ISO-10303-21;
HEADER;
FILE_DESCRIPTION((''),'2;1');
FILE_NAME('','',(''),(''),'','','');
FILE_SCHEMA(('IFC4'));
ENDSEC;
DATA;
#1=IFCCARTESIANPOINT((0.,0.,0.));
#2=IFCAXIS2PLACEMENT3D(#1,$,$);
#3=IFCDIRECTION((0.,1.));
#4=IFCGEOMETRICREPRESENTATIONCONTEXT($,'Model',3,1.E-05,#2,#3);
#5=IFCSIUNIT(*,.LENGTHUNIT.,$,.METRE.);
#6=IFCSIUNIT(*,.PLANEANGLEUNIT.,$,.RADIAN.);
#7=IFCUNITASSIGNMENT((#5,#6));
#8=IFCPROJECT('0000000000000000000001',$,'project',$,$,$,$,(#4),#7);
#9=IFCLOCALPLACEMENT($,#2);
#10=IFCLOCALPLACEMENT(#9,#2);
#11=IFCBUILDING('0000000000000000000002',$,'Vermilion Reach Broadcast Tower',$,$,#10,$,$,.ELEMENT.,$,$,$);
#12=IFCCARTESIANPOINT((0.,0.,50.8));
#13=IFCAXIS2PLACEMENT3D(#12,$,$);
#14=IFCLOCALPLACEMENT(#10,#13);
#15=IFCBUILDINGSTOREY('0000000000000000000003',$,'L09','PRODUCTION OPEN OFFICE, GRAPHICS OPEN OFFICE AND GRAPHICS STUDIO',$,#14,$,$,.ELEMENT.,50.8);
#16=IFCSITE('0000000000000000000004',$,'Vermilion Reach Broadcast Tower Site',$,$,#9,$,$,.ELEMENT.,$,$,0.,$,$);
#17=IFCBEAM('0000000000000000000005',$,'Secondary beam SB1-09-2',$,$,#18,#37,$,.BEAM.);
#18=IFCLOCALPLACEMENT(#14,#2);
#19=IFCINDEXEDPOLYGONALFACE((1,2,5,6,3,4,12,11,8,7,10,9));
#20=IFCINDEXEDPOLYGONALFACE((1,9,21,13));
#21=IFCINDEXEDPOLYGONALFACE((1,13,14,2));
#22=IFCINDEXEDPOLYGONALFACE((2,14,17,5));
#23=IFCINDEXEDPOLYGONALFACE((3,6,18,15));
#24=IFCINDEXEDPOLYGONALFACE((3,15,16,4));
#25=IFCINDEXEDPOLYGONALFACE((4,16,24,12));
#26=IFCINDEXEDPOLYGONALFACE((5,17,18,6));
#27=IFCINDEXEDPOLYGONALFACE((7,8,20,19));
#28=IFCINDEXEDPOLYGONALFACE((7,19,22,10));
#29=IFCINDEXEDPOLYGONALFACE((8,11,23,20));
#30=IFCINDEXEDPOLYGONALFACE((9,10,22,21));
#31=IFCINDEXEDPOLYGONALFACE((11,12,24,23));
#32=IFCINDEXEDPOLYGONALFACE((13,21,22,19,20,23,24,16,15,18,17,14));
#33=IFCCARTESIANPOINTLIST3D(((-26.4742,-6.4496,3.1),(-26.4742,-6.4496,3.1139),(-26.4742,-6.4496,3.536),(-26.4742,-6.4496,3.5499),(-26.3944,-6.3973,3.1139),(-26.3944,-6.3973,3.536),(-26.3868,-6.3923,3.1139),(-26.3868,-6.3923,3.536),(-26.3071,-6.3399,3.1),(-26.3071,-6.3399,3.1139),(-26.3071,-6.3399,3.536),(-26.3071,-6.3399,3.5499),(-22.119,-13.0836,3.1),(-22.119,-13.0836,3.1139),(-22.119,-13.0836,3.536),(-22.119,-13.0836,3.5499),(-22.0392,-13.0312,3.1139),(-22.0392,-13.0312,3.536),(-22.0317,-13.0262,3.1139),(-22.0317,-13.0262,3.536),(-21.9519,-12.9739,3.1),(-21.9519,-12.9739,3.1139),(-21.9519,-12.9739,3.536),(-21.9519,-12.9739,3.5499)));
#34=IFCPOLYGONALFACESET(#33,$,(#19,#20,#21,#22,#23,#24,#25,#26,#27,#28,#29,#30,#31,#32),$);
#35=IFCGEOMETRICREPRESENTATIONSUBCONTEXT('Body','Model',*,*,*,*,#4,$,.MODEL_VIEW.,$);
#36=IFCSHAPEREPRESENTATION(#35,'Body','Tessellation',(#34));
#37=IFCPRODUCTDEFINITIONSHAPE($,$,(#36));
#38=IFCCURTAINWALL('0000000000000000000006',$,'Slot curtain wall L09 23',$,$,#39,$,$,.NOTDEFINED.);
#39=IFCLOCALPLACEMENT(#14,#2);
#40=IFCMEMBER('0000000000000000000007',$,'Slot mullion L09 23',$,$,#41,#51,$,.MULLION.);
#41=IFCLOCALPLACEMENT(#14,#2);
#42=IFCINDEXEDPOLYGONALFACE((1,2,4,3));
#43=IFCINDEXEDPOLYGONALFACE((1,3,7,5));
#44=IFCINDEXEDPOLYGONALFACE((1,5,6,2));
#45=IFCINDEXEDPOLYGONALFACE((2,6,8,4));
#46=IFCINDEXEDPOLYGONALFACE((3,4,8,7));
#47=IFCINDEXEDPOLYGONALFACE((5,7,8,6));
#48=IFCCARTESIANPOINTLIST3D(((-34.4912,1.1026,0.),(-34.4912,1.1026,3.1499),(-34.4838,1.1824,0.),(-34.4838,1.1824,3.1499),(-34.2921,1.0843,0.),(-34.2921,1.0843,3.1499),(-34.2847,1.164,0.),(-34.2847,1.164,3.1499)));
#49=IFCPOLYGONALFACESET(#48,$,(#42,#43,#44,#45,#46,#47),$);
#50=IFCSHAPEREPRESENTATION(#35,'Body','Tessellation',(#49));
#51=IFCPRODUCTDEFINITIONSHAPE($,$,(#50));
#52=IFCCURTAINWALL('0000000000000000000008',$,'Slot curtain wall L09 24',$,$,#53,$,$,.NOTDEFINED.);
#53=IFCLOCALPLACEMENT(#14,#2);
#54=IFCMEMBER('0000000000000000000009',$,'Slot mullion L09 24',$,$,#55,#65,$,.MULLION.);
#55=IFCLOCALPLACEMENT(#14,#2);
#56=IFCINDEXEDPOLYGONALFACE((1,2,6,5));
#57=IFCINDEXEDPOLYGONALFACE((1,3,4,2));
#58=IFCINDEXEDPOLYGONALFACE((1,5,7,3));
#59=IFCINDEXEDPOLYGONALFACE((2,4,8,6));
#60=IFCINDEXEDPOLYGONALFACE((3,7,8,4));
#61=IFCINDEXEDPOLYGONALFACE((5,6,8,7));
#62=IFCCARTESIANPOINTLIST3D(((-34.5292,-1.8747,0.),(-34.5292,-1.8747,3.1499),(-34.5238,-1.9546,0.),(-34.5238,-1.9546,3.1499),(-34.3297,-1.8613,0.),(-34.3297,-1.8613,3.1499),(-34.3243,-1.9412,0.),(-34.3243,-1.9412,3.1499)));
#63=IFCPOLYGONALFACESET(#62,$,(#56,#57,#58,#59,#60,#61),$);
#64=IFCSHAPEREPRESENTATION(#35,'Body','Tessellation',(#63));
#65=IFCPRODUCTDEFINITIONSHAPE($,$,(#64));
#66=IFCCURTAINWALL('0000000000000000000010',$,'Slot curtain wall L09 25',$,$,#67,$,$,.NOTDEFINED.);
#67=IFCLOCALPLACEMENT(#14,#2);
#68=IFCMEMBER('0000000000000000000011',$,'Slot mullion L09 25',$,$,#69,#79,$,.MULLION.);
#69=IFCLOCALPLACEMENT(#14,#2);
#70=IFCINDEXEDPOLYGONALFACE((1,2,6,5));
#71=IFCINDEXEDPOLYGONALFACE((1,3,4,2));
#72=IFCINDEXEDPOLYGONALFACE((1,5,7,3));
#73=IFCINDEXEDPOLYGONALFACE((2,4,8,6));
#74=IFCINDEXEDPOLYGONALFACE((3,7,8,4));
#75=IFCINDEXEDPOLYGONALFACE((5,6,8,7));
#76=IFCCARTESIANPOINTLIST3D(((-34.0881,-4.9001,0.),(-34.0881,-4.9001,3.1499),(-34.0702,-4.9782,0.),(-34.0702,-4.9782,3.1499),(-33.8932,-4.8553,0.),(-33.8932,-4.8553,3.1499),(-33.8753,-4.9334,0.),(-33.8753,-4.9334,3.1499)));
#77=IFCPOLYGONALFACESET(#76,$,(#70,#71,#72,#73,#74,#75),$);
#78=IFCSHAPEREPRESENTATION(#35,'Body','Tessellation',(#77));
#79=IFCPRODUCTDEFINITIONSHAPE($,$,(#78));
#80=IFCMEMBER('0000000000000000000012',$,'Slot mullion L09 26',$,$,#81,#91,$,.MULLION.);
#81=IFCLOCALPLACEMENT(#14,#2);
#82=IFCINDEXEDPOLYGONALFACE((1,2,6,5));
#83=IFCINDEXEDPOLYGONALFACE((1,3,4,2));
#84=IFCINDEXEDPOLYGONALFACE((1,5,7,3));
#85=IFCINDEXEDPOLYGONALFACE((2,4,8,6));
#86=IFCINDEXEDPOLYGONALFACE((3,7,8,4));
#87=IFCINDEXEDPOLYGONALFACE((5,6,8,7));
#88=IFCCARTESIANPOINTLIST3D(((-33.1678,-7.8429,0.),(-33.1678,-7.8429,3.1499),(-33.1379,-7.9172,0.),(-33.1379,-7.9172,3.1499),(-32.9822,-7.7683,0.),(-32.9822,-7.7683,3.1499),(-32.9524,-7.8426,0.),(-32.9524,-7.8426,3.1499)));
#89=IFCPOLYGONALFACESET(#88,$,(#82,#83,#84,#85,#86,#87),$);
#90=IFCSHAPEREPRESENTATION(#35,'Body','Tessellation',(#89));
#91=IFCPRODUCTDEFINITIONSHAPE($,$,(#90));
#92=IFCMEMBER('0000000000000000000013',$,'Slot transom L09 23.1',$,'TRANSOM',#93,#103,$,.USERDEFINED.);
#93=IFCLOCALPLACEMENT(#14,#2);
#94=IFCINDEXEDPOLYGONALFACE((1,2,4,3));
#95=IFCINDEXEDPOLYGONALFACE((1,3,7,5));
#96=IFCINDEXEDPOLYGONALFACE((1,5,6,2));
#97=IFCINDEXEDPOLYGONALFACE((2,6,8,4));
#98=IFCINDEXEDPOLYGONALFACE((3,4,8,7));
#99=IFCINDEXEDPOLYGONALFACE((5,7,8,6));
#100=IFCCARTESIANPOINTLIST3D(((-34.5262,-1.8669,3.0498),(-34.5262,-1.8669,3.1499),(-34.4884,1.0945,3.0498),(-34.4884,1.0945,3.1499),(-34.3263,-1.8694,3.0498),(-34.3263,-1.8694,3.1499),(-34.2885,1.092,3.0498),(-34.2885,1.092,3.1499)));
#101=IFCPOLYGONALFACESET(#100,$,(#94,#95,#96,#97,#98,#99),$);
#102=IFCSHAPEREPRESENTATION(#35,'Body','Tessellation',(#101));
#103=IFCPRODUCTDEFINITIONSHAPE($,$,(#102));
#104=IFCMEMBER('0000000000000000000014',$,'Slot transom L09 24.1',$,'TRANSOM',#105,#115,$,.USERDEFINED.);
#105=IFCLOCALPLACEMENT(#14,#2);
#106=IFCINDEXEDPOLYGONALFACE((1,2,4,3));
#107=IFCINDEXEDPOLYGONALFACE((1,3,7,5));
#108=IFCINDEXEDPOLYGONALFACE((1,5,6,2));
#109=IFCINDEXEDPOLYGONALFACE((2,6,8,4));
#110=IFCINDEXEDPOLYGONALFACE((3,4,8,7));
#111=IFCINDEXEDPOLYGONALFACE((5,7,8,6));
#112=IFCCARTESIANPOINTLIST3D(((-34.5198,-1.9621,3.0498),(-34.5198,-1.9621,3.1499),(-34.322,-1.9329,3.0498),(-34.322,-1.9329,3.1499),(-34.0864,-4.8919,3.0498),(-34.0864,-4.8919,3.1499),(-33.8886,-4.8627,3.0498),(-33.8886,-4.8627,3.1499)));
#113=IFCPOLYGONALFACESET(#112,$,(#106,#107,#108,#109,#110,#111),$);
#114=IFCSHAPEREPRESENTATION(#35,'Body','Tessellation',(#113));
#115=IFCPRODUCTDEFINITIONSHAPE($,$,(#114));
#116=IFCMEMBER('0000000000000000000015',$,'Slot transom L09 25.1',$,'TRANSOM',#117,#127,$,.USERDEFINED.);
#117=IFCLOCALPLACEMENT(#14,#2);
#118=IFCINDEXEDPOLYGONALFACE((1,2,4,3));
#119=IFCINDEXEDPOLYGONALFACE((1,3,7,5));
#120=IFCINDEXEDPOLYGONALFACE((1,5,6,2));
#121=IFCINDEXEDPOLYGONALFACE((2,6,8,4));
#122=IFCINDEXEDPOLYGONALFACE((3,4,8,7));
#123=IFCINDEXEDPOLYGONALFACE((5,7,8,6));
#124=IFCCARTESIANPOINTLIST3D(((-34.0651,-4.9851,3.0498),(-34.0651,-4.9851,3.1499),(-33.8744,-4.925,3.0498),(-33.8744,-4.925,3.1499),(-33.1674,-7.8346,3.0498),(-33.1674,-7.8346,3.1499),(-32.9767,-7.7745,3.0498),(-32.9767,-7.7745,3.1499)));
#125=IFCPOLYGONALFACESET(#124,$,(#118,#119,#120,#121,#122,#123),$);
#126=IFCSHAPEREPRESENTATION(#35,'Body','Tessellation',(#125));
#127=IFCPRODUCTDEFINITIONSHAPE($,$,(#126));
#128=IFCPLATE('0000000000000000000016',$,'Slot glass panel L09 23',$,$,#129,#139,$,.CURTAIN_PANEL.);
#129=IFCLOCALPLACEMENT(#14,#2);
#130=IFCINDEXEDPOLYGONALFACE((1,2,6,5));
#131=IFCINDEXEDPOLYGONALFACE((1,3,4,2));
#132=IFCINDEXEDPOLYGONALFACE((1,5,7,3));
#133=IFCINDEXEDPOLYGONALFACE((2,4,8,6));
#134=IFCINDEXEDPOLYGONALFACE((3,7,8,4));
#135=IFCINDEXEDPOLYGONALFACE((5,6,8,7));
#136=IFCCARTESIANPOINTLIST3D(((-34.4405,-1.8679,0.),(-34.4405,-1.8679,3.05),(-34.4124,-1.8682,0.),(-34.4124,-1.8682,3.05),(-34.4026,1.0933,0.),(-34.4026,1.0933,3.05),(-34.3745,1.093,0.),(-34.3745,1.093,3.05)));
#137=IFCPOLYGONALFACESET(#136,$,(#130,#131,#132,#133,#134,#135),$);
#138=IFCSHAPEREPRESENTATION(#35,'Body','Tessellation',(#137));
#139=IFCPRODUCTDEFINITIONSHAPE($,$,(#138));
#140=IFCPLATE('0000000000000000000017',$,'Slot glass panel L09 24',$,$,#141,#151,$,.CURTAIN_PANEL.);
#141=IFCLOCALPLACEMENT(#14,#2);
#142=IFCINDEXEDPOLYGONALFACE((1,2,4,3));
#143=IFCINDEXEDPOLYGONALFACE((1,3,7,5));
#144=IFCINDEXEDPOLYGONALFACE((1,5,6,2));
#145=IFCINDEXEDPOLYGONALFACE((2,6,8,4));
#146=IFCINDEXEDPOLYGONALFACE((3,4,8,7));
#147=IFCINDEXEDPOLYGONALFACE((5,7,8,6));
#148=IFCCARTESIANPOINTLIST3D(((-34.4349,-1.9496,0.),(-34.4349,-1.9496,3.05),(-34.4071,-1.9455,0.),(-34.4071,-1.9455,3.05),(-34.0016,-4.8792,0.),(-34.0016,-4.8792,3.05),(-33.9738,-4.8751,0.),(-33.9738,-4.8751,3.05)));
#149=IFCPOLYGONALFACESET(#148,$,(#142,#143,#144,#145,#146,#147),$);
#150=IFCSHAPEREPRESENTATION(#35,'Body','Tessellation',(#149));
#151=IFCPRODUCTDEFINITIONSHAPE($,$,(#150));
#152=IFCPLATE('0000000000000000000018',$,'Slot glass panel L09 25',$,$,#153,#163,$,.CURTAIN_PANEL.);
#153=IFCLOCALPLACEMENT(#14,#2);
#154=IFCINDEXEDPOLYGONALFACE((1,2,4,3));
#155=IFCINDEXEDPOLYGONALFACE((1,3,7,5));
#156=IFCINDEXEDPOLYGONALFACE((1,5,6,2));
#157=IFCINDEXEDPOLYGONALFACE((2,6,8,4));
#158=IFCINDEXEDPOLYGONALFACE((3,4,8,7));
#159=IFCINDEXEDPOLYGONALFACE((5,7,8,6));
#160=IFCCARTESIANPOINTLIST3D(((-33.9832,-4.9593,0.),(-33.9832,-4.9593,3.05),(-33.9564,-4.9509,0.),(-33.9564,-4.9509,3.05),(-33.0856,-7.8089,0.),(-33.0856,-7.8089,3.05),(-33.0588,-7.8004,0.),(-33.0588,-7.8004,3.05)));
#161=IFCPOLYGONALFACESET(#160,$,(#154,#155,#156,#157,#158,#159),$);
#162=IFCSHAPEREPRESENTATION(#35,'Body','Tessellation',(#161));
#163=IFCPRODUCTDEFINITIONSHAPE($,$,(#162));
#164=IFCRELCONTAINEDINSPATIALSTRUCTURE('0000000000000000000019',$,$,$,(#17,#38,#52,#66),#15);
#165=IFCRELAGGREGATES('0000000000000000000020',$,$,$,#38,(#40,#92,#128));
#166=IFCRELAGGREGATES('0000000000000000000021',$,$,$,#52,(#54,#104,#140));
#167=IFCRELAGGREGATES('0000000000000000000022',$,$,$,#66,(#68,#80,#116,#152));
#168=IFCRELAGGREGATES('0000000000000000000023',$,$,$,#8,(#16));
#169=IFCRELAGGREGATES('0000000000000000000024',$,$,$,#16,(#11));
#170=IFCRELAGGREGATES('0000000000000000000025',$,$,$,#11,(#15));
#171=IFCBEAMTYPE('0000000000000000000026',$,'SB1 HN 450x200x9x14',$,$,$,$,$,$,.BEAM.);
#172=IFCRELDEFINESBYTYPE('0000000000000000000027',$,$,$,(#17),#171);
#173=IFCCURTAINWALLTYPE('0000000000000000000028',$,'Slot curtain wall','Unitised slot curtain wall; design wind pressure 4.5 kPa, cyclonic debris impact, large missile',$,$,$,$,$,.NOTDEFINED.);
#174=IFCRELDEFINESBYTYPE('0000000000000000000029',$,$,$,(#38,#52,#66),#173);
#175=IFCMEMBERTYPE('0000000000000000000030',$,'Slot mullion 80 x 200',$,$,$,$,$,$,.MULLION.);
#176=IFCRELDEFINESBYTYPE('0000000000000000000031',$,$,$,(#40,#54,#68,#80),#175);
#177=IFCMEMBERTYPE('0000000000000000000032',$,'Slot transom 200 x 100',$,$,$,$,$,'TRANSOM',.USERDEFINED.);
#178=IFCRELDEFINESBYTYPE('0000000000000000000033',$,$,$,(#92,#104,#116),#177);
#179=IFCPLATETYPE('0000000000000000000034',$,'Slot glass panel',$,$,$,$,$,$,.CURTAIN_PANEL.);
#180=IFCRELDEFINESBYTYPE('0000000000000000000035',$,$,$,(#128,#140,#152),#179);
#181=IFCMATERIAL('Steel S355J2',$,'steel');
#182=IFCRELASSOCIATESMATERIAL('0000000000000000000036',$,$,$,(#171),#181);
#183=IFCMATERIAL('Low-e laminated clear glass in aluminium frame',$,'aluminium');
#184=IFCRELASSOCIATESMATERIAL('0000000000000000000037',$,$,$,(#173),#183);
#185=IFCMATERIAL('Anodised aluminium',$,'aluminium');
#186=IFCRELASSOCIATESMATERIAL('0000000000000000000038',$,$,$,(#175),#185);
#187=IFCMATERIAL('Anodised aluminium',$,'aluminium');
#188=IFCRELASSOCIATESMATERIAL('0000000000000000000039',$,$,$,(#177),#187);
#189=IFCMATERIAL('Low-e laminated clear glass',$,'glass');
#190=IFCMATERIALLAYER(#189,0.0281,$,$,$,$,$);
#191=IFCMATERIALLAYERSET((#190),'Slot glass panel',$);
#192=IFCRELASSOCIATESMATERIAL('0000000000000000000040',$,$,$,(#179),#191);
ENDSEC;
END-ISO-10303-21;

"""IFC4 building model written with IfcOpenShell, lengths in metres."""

from ifc_helpers import new_model, si_unit, direction, frame, origin, origin_2d, place, context, subcontext, project, spatial, rectangle, i_section, extrude, material, layer, layer_set, material_profile, profile_set, type_object, element, aggregate, save


model = new_model("IFC4")

# Units and contexts
model_context = context("Model", 3, precision=1e-05, world=origin(), true_north=direction((0.0, 1.0)))
body_context = subcontext(model_context, "Body", "Model", "MODEL_VIEW")
ifc_project = project(units=[si_unit("LENGTHUNIT", "METRE"), si_unit("PLANEANGLEUNIT", "RADIAN")], contexts=[model_context])

# Site, building, storey
site_placement = place(None, origin())
site = spatial("IfcSite", under=ifc_project, at=site_placement, Name="Vermilion Reach Broadcast Tower Site", CompositionType="ELEMENT", RefElevation=0.0)
building_placement = place(site_placement, origin())
building = spatial("IfcBuilding", under=site, at=building_placement, Name="Vermilion Reach Broadcast Tower", CompositionType="ELEMENT")
storey_placement = place(building_placement, frame((0.0, 0.0, 50.8)))
storey = spatial("IfcBuildingStorey", under=building, at=storey_placement, Name="L09", Description="PRODUCTION OPEN OFFICE, GRAPHICS OPEN OFFICE AND GRAPHICS STUDIO", CompositionType="ELEMENT", Elevation=50.8)

# Beam
ifc_material_1 = material(Name="Steel S355J2", Category="steel")
ifc_material_profile_1 = material_profile(ifc_material_1, i_section(OverallWidth=0.2, OverallDepth=0.45, WebThickness=0.009, FlangeThickness=0.0139, at=origin_2d()), Name="S355J2 HN 450x200x9x14")
ifc_profile_set_1 = profile_set([ifc_material_profile_1], Name="Steel S355J2")
beam_type_1 = type_object("IfcBeamType", Name="SB1 HN 450x200x9x14", PredefinedType="BEAM", material=ifc_profile_set_1)
beam_1_placement = place(storey_placement, frame((-26.3906, -6.3948, 3.325), z_axis=(0.548801, -0.835953, 0.0), x_axis=(0.835953, 0.548801, 0.0)))
element("IfcBeam", 1, at=beam_1_placement, inside=storey, type_object=beam_type_1, Name="Secondary beam SB1-09-2", PredefinedType="BEAM", context=body_context, shape_type="SweptSolid", body=[
    extrude(i_section(OverallWidth=0.2, OverallDepth=0.45, WebThickness=0.009, FlangeThickness=0.0139, at=origin_2d()), origin(), (0.0, 0.0, 1.0), 7.9358),
])

# Curtain walls, members
ifc_material_2 = material(Name="Low-e laminated clear glass in aluminium frame", Category="aluminium")
curtain_wall_type = type_object("IfcCurtainWallType", Name="Slot curtain wall", Description="Unitised slot curtain wall; design wind pressure 4.5 kPa, cyclonic debris impact, large missile", PredefinedType="NOTDEFINED", material=ifc_material_2)
placement = place(storey_placement, origin())
curtain_wall_1 = element("IfcCurtainWall", 2, at=placement, inside=storey, type_object=curtain_wall_type, Name="Slot curtain wall L09 23", PredefinedType="NOTDEFINED")
ifc_material_3 = material(Name="Anodised aluminium", Category="aluminium")
ifc_material_profile_2 = material_profile(ifc_material_3, rectangle(XDim=0.2, YDim=0.0801, at=origin_2d()), Name="Slot mullion 80 x 200")
ifc_profile_set_2 = profile_set([ifc_material_profile_2], Name="Anodised aluminium")
member_type_1 = type_object("IfcMemberType", Name="Slot mullion 80 x 200", PredefinedType="MULLION", material=ifc_profile_set_2)
member_1_placement = place(storey_placement, frame((-34.3879, 1.1333, 0.0), z_axis=(0.0, 0.0, 1.0), x_axis=(0.995775, -0.09183, 0.0)))
member_1 = element("IfcMember", 3, at=member_1_placement, type_object=member_type_1, Name="Slot mullion L09 23", PredefinedType="MULLION", context=body_context, shape_type="SweptSolid", body=[
    extrude(rectangle(XDim=0.2, YDim=0.0801, at=origin_2d()), origin(), (0.0, 0.0, 1.0), 3.1499),
])
curtain_wall_2 = element("IfcCurtainWall", 4, at=placement, inside=storey, type_object=curtain_wall_type, Name="Slot curtain wall L09 24", PredefinedType="NOTDEFINED")
member_2_placement = place(storey_placement, frame((-34.4268, -1.908, 0.0), z_axis=(0.0, 0.0, 1.0), x_axis=(0.997755, 0.06697, 0.0)))
member_2 = element("IfcMember", 5, at=member_2_placement, type_object=member_type_1, Name="Slot mullion L09 24", PredefinedType="MULLION", context=body_context, shape_type="SweptSolid", body=[
    extrude(rectangle(XDim=0.2, YDim=0.0801, at=origin_2d()), origin(), (0.0, 0.0, 1.0), 3.1499),
])

# Curtain wall, members
curtain_wall_3 = element("IfcCurtainWall", 6, at=placement, inside=storey, type_object=curtain_wall_type, Name="Slot curtain wall L09 25", PredefinedType="NOTDEFINED")
member_3_placement = place(storey_placement, frame((-33.9817, -4.9167, 0.0), z_axis=(0.0, 0.0, 1.0), x_axis=(0.97457, 0.224082, 0.0)))
member_3 = element("IfcMember", 7, at=member_3_placement, type_object=member_type_1, Name="Slot mullion L09 25", PredefinedType="MULLION", context=body_context, shape_type="SweptSolid", body=[
    extrude(rectangle(XDim=0.2, YDim=0.0801, at=origin_2d()), origin(), (0.0, 0.0, 1.0), 3.1499),
])
member_4_placement = place(storey_placement, frame((-33.0601, -7.8428, 0.0), z_axis=(0.0, 0.0, 1.0), x_axis=(0.927749, 0.373205, 0.0)))
member_4 = element("IfcMember", 8, at=member_4_placement, type_object=member_type_1, Name="Slot mullion L09 26", PredefinedType="MULLION", context=body_context, shape_type="SweptSolid", body=[
    extrude(rectangle(XDim=0.2, YDim=0.0801, at=origin_2d()), origin(), (0.0, 0.0, 1.0), 3.1499),
])

# Members
ifc_material_4 = material(Name="Anodised aluminium", Category="aluminium")
ifc_material_profile_3 = material_profile(ifc_material_4, rectangle(XDim=0.2, YDim=0.1001, at=origin_2d()), Name="Slot transom 200 x 100")
ifc_profile_set_3 = profile_set([ifc_material_profile_3], Name="Anodised aluminium")
member_type_2 = type_object("IfcMemberType", Name="Slot transom 200 x 100", ElementType="TRANSOM", PredefinedType="USERDEFINED", material=ifc_profile_set_3)
member_5_placement = place(storey_placement, frame((-34.3884, 1.0933, 3.0999), z_axis=(-0.012777, -0.999918, 0.0), x_axis=(0.999918, -0.012777, 0.0)))
member_5 = element("IfcMember", 9, at=member_5_placement, type_object=member_type_2, Name="Slot transom L09 23.1", ObjectType="TRANSOM", PredefinedType="USERDEFINED", context=body_context, shape_type="SweptSolid", body=[
    extrude(rectangle(XDim=0.2, YDim=0.1001, at=origin_2d()), origin(), (0.0, 0.0, 1.0), 2.9617),
])
member_6_placement = place(storey_placement, frame((-34.4209, -1.9475, 3.0999), z_axis=(0.146325, -0.989237, 0.0), x_axis=(0.989237, 0.146325, 0.0)))
member_6 = element("IfcMember", 10, at=member_6_placement, type_object=member_type_2, Name="Slot transom L09 24.1", ObjectType="TRANSOM", PredefinedType="USERDEFINED", context=body_context, shape_type="SweptSolid", body=[
    extrude(rectangle(XDim=0.2, YDim=0.1001, at=origin_2d()), origin(), (0.0, 0.0, 1.0), 2.9617),
])
member_7_placement = place(storey_placement, frame((-33.9697, -4.9551, 3.0999), z_axis=(0.30047, -0.953791, 0.0), x_axis=(0.953791, 0.30047, 0.0)))
member_7 = element("IfcMember", 11, at=member_7_placement, type_object=member_type_2, Name="Slot transom L09 25.1", ObjectType="TRANSOM", PredefinedType="USERDEFINED", context=body_context, shape_type="SweptSolid", body=[
    extrude(rectangle(XDim=0.2, YDim=0.1001, at=origin_2d()), origin(), (0.0, 0.0, 1.0), 2.9875),
])

# Plates
ifc_material_5 = material(Name="Low-e laminated clear glass", Category="glass")
ifc_layer_1 = layer(ifc_material_5, 0.0281)
ifc_layer_set_1 = layer_set([ifc_layer_1], Name="Slot glass panel")
plate_type = type_object("IfcPlateType", Name="Slot glass panel", PredefinedType="CURTAIN_PANEL", material=ifc_layer_set_1)
plate_1_placement = place(storey_placement, frame((-34.4075, -0.3875, 0.0), z_axis=(0.0, 0.0, 1.0), x_axis=(-0.012797, -0.999918, 0.0)))
plate_1 = element("IfcPlate", 12, at=plate_1_placement, type_object=plate_type, Name="Slot glass panel L09 23", PredefinedType="CURTAIN_PANEL", context=body_context, shape_type="SweptSolid", body=[
    extrude(rectangle(XDim=2.9614, YDim=0.0281, at=origin_2d()), origin(), (0.0, 0.0, 1.0), 3.05),
])
aggregate(curtain_wall_1, [member_1, member_5, plate_1])
plate_2_placement = place(storey_placement, frame((-34.2043, -3.4124, 0.0), z_axis=(0.0, 0.0, 1.0), x_axis=(0.146311, -0.989239, 0.0)))
plate_2 = element("IfcPlate", 13, at=plate_2_placement, type_object=plate_type, Name="Slot glass panel L09 24", PredefinedType="CURTAIN_PANEL", context=body_context, shape_type="SweptSolid", body=[
    extrude(rectangle(XDim=2.9614, YDim=0.0281, at=origin_2d()), origin(), (0.0, 0.0, 1.0), 3.05),
])
aggregate(curtain_wall_2, [member_2, member_6, plate_2])
plate_3_placement = place(storey_placement, frame((-33.521, -6.3799, 0.0), z_axis=(0.0, 0.0, 1.0), x_axis=(0.300448, -0.953798, 0.0)))
plate_3 = element("IfcPlate", 14, at=plate_3_placement, type_object=plate_type, Name="Slot glass panel L09 25", PredefinedType="CURTAIN_PANEL", context=body_context, shape_type="SweptSolid", body=[
    extrude(rectangle(XDim=2.9875, YDim=0.0281, at=origin_2d()), origin(), (0.0, 0.0, 1.0), 3.05),
])
aggregate(curtain_wall_3, [member_3, member_4, member_7, plate_3])

save(model, "model.ifc")
